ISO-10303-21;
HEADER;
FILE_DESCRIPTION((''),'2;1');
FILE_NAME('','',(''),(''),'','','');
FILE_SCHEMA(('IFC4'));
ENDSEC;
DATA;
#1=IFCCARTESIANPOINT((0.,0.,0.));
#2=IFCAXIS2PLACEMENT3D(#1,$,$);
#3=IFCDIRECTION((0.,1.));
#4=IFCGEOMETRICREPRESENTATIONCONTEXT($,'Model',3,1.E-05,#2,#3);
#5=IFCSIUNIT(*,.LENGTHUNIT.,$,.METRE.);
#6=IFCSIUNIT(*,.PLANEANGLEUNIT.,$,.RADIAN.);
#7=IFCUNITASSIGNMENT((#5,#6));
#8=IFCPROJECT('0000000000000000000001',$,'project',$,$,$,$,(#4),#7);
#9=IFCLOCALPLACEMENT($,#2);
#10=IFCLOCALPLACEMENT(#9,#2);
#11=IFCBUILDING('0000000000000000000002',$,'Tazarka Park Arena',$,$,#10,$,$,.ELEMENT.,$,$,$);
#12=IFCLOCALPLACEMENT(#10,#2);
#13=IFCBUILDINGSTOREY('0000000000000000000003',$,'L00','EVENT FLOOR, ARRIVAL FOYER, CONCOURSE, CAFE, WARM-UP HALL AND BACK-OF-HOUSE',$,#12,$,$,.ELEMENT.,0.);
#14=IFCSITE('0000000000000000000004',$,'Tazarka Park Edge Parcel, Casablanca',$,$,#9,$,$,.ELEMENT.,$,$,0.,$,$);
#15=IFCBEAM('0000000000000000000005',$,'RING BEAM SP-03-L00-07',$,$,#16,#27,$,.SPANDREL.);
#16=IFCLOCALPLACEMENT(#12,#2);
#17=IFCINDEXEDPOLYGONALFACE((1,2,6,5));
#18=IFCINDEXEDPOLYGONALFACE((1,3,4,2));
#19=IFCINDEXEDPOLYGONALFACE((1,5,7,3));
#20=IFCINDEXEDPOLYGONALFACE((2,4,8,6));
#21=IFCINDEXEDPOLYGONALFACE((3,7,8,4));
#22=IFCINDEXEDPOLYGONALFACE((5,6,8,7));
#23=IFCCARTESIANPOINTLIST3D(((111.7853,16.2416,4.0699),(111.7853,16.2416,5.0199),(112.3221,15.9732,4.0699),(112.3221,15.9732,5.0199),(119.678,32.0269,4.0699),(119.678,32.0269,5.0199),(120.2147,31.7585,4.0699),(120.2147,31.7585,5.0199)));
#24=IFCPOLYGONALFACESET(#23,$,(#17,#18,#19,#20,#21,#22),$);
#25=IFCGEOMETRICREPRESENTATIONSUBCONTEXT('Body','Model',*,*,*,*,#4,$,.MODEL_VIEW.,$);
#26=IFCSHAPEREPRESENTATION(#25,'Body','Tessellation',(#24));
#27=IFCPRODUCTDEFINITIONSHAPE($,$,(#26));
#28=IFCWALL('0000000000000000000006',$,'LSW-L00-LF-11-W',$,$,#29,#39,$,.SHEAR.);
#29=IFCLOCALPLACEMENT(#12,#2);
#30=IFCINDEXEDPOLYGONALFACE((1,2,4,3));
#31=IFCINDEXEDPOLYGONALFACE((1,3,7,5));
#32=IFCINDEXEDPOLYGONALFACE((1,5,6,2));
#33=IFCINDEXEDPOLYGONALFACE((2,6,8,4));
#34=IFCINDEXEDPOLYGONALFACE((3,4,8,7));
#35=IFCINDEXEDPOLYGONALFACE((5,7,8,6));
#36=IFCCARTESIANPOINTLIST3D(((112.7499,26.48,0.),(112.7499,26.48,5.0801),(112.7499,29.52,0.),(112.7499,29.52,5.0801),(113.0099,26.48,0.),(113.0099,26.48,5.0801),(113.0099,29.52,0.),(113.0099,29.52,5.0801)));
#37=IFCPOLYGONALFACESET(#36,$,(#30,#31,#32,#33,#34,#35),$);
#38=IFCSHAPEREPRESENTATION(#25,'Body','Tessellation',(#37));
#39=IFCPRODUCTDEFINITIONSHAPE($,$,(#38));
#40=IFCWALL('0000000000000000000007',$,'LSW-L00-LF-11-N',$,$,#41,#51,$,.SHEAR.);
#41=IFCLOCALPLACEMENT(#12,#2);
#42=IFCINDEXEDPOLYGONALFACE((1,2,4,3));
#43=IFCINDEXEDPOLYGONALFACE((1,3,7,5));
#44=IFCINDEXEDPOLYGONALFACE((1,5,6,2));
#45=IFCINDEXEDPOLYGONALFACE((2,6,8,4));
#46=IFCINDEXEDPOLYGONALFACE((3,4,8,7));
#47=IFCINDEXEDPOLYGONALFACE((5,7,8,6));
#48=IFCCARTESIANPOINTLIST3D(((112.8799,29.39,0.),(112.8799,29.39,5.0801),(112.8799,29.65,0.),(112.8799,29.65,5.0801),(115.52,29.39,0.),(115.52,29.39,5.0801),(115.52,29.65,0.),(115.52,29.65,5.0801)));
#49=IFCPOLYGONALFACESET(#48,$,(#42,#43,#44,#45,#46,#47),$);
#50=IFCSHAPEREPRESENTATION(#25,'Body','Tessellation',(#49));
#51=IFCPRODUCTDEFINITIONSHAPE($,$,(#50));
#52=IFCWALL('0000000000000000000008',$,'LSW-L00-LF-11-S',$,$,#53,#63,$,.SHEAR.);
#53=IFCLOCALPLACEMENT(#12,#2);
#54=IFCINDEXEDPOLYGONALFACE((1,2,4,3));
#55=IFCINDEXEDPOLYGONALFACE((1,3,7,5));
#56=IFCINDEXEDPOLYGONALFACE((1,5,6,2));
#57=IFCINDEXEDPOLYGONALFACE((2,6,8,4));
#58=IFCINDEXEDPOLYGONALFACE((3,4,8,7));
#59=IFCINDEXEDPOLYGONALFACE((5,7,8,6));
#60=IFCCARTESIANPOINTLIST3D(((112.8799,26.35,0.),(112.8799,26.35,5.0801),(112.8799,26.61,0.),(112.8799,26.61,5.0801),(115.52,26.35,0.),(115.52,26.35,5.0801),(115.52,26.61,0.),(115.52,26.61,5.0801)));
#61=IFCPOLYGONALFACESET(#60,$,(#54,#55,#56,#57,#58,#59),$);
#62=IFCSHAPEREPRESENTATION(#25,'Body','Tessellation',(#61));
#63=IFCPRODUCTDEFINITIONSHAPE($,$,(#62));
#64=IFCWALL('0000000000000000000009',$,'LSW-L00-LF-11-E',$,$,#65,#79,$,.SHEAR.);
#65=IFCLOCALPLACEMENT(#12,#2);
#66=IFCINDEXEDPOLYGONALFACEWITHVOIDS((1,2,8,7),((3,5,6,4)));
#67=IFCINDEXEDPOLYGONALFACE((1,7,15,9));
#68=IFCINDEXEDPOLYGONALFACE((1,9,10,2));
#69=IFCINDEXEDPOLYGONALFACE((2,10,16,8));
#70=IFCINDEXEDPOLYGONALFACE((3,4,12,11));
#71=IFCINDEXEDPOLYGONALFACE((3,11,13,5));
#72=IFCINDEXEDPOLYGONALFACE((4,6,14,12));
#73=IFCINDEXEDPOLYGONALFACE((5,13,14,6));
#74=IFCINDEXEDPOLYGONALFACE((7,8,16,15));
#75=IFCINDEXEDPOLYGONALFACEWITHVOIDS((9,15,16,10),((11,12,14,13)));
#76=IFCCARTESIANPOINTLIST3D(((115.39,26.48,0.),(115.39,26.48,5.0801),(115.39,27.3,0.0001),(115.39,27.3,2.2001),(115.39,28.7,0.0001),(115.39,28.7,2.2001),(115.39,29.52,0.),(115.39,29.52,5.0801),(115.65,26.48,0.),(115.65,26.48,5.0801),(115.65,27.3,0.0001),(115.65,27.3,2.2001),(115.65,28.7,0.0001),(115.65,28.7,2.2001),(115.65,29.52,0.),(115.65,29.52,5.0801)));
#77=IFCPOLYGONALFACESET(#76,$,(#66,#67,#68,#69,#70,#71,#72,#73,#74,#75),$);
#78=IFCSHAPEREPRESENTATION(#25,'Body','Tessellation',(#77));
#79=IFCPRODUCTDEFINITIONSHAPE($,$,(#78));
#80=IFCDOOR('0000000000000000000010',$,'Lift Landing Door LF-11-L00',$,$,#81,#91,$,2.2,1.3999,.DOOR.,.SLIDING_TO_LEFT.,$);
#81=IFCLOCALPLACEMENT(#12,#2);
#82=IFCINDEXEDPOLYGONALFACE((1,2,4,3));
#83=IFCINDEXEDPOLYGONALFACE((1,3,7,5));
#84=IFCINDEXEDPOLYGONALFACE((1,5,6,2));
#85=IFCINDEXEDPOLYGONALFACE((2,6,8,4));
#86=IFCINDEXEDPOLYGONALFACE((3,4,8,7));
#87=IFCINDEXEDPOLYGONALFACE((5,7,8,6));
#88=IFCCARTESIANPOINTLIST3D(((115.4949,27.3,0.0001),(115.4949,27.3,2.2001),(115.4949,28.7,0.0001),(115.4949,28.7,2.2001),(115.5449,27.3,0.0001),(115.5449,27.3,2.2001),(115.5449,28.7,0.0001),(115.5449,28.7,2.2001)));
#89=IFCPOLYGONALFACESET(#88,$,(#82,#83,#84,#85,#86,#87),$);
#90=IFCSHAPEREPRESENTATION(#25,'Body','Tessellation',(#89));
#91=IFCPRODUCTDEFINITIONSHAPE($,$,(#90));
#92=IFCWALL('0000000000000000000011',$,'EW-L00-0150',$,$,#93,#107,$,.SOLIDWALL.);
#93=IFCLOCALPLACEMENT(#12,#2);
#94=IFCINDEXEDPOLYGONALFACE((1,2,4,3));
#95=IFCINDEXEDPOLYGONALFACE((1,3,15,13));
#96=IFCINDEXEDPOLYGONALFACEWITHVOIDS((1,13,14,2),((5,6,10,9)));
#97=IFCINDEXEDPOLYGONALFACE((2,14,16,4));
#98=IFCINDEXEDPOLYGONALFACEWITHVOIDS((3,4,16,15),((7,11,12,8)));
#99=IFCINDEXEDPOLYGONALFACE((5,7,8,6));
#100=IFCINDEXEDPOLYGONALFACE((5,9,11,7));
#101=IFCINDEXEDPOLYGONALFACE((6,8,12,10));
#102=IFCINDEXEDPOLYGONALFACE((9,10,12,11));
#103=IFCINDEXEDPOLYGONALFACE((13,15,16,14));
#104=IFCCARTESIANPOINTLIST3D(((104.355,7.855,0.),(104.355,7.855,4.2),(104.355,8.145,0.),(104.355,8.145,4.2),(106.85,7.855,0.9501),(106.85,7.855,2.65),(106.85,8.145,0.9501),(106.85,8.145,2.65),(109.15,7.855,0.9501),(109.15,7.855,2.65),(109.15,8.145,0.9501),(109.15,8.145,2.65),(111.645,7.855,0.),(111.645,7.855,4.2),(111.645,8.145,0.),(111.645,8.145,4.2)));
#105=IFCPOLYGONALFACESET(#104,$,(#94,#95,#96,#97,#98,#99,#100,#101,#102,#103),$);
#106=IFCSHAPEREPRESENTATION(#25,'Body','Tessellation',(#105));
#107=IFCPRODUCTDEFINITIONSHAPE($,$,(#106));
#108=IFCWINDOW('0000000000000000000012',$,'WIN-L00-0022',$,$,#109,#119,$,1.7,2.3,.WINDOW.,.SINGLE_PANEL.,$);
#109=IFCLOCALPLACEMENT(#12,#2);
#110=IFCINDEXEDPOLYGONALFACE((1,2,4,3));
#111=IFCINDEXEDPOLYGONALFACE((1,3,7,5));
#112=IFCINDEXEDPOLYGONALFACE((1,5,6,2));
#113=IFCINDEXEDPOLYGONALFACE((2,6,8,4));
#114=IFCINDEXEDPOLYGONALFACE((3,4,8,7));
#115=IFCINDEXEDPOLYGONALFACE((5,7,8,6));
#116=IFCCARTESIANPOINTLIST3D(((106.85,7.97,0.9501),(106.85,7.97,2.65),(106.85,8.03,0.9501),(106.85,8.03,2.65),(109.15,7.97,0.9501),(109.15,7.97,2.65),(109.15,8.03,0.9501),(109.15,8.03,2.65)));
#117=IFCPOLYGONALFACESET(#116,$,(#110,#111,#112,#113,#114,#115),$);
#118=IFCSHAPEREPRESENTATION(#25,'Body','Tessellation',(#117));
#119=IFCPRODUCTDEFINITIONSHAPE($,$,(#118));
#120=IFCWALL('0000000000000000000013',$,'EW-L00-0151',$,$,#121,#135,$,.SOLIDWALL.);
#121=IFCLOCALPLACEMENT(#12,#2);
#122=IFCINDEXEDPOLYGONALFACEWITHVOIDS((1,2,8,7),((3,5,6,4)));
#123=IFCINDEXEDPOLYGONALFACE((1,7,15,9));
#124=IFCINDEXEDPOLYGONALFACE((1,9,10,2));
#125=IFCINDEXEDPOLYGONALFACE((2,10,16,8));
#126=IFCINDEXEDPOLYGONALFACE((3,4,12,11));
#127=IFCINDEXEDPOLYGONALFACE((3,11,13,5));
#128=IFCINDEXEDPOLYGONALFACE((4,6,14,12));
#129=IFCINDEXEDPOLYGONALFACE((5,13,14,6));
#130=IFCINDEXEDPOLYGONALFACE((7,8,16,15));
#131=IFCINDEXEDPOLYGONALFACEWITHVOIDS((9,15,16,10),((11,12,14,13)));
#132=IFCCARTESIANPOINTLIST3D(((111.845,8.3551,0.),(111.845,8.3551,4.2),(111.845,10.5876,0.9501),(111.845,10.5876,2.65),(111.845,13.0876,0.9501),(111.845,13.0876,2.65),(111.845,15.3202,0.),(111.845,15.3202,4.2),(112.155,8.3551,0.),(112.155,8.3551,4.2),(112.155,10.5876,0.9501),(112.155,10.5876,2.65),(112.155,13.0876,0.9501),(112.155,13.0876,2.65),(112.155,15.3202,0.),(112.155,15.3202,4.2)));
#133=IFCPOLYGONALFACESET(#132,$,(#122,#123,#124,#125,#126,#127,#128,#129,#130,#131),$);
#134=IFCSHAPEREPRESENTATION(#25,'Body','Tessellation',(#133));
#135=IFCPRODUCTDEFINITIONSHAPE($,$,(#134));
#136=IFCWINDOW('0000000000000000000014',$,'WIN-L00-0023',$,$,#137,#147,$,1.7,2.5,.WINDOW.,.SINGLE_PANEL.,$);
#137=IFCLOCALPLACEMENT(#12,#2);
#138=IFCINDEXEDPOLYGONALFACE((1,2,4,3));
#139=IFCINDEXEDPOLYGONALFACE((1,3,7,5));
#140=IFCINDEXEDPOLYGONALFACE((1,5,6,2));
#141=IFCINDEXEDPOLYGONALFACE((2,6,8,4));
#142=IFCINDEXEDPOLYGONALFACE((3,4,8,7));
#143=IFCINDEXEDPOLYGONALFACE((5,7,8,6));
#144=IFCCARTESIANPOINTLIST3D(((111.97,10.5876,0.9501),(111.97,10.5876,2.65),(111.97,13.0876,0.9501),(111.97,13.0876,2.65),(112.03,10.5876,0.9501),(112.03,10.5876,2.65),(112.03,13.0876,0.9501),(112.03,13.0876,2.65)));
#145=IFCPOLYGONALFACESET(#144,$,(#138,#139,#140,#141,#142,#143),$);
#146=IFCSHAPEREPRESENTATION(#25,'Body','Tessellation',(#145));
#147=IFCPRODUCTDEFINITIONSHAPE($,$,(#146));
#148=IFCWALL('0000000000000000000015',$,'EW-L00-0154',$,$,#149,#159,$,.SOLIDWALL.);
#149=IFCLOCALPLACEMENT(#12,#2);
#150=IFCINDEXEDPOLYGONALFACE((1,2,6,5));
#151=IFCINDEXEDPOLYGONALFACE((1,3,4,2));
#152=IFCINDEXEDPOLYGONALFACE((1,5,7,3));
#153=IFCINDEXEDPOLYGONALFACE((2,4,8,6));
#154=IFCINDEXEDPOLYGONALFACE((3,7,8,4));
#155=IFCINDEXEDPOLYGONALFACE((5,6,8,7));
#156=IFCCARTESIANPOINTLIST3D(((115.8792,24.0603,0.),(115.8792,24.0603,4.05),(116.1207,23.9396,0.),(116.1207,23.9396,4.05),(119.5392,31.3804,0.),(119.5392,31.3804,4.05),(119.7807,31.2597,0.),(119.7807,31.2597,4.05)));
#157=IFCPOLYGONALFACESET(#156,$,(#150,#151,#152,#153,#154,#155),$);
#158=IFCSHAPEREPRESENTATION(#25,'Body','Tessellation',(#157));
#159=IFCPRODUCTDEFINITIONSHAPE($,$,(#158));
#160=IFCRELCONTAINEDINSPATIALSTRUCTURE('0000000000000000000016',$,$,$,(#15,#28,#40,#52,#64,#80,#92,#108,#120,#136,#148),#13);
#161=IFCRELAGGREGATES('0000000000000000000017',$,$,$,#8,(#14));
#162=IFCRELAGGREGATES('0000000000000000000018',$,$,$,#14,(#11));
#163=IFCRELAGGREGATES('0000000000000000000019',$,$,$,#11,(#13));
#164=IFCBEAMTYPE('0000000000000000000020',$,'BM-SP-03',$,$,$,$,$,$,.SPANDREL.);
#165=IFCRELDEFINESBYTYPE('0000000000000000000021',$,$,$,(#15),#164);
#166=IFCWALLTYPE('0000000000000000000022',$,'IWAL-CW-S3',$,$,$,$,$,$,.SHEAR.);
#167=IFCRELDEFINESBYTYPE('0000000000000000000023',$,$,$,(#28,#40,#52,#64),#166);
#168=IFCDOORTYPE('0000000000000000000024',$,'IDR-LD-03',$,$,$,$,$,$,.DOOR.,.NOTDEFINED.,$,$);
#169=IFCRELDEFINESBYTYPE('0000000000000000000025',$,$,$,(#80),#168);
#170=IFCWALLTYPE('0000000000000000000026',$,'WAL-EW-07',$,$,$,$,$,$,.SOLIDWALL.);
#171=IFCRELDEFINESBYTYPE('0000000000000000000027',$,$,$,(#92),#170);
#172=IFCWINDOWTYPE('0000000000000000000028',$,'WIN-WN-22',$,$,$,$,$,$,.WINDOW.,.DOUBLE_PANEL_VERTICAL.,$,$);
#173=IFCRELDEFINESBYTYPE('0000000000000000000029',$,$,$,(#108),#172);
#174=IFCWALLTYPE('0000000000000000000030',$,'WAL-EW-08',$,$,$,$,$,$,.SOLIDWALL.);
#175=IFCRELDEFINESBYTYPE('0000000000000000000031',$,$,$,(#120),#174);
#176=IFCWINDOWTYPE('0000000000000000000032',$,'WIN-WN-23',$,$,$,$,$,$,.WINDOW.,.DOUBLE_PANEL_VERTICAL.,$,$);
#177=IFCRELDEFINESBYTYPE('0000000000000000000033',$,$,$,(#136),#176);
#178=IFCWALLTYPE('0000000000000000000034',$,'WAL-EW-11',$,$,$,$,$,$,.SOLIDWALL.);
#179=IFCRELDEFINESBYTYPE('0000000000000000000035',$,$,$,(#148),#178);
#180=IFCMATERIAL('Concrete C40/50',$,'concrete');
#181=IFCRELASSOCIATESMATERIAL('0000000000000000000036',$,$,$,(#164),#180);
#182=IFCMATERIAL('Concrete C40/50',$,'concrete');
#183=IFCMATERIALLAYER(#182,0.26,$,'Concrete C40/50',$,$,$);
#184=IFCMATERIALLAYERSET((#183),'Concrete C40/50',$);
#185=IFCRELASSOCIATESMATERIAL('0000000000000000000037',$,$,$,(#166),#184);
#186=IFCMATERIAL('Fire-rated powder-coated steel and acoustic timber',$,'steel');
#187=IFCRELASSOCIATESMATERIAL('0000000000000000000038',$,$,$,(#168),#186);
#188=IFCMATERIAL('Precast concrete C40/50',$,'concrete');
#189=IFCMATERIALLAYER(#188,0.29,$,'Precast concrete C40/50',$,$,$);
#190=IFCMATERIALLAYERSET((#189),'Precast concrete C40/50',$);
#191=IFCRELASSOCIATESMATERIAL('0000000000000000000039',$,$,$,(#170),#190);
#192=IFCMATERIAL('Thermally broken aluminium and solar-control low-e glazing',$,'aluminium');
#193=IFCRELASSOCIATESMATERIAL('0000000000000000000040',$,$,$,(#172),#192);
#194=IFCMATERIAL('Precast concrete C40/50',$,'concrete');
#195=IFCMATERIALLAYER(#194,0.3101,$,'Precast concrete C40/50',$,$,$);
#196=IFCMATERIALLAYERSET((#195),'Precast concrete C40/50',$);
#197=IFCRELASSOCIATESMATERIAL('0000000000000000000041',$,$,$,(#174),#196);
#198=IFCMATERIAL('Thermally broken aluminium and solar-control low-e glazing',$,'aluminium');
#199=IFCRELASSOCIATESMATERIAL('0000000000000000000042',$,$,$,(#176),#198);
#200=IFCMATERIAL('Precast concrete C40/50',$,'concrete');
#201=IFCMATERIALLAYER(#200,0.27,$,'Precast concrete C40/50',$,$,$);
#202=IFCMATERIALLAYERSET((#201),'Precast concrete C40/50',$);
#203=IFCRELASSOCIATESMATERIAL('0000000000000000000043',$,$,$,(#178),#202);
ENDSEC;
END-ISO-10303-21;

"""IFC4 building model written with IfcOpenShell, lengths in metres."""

from ifc_helpers import new_model, si_unit, direction, frame, frame_2d, origin, origin_2d, place, context, subcontext, project, spatial, rectangle, extrude, material, layer, layer_set, material_profile, profile_set, type_object, element, fill, save


model = new_model("IFC4")

# Units and contexts
model_context = context("Model", 3, precision=1e-05, world=origin(), true_north=direction((0.0, 1.0)))
body_context = subcontext(model_context, "Body", "Model", "MODEL_VIEW")
ifc_project = project(units=[si_unit("LENGTHUNIT", "METRE"), si_unit("PLANEANGLEUNIT", "RADIAN")], contexts=[model_context])

# Site, building, storey
site_placement = place(None, origin())
site = spatial("IfcSite", under=ifc_project, at=site_placement, Name="Tazarka Park Edge Parcel, Casablanca", CompositionType="ELEMENT", RefElevation=0.0)
building_placement = place(site_placement, origin())
building = spatial("IfcBuilding", under=site, at=building_placement, Name="Tazarka Park Arena", CompositionType="ELEMENT")
storey_placement = place(building_placement, origin())
storey = spatial("IfcBuildingStorey", under=building, at=storey_placement, Name="L00", Description="EVENT FLOOR, ARRIVAL FOYER, CONCOURSE, CAFE, WARM-UP HALL AND BACK-OF-HOUSE", CompositionType="ELEMENT", Elevation=0.0)

# Beam
ifc_material_1 = material(Name="Concrete C40/50", Category="concrete")
ifc_material_profile_1 = material_profile(ifc_material_1, rectangle(XDim=0.6001, YDim=0.95, at=origin_2d()), Name="Concrete C40/50")
ifc_profile_set_1 = profile_set([ifc_material_profile_1], Name="Concrete C40/50")
beam_type_1 = type_object("IfcBeamType", Name="BM-SP-03", PredefinedType="SPANDREL", material=ifc_profile_set_1)
beam_1_placement = place(storey_placement, frame((112.0537, 16.1074, 4.5449), z_axis=(0.447214, 0.894427, 0.0), x_axis=(-0.894427, 0.447214, 0.0)))
element("IfcBeam", 1, at=beam_1_placement, inside=storey, type_object=beam_type_1, Name="RING BEAM SP-03-L00-07", PredefinedType="SPANDREL", context=body_context, shape_type="SweptSolid", body=[
    extrude(rectangle(XDim=0.6001, YDim=0.95, at=origin_2d()), origin(), (0.0, 0.0, 1.0), 17.6484),
])

# Walls
ifc_material_2 = material(Name="Concrete C40/50", Category="concrete")
ifc_layer_1 = layer(ifc_material_2, 0.26, Name="Concrete C40/50")
ifc_layer_set_1 = layer_set([ifc_layer_1], Name="Concrete C40/50")
wall_type_1 = type_object("IfcWallType", Name="IWAL-CW-S3", PredefinedType="SHEAR", material=ifc_layer_set_1)
wall_1_placement = place(storey_placement, frame((112.8799, 26.48, 0.0), z_axis=(0.0, 0.0, 1.0), x_axis=(0.0, 1.0, 0.0)))
element("IfcWall", 2, at=wall_1_placement, inside=storey, type_object=wall_type_1, Name="LSW-L00-LF-11-W", PredefinedType="SHEAR", context=body_context, shape_type="SweptSolid", body=[
    extrude(rectangle(XDim=3.04, YDim=0.26, at=frame_2d((1.52, 0.0))), origin(), (0.0, 0.0, 1.0), 5.0801),
])
for number, where, z_axis, x_axis, name in (
    (3, (112.8799, 29.52, 0.0), (0.0, 0.0, 1.0), (1.0, 0.0, 0.0), "LSW-L00-LF-11-N"),
    (4, (115.52, 26.48, 0.0), (0.0, 0.0, 1.0), (-1.0, 0.0, 0.0), "LSW-L00-LF-11-S"),
):
    element("IfcWall", number, at=place(storey_placement, frame(where, z_axis=z_axis, x_axis=x_axis)), inside=storey, type_object=wall_type_1, Name=name, PredefinedType="SHEAR", context=body_context, shape_type="SweptSolid", body=[
        extrude(rectangle(XDim=2.6401, YDim=0.26, at=frame_2d((1.3201, 0.0))), origin(), (0.0, 0.0, 1.0), 5.0801),
    ])

# Wall, opening, door
wall_2_placement = place(storey_placement, frame((115.52, 29.52, 0.0), z_axis=(0.0, 0.0, 1.0), x_axis=(0.0, -1.0, 0.0)))
wall_2 = element("IfcWall", 5, at=wall_2_placement, inside=storey, type_object=wall_type_1, Name="LSW-L00-LF-11-E", PredefinedType="SHEAR", context=body_context, shape_type="SweptSolid", body=[
    extrude(rectangle(XDim=3.04, YDim=0.26, at=frame_2d((1.52, 0.0))), origin(), (0.0, 0.0, 1.0), 5.0801),
])
opening_1_placement = place(wall_2_placement, frame((0.8201, 0.0, 0.0)))
opening_1 = element("IfcOpeningElement", 6, at=opening_1_placement, cuts=wall_2, PredefinedType="OPENING", context=body_context, shape_type="SweptSolid", body=[
    extrude(rectangle(XDim=1.3999, YDim=2.2, at=frame_2d((0.7, 1.1001))), frame((0.0, 0.1401, 0.0), z_axis=(0.0, -1.0, 0.0), x_axis=(1.0, 0.0, 0.0)), (0.0, 0.0, 1.0), 0.28),
])
ifc_material_3 = material(Name="Fire-rated powder-coated steel and acoustic timber", Category="steel")
door_type = type_object("IfcDoorType", Name="IDR-LD-03", OperationType="NOTDEFINED", PredefinedType="DOOR", material=ifc_material_3)
door_placement = place(opening_1_placement, origin())
door = element("IfcDoor", 7, at=door_placement, inside=storey, type_object=door_type, Name="Lift Landing Door LF-11-L00", OperationType="SLIDING_TO_LEFT", OverallHeight=2.2, OverallWidth=1.3999, PredefinedType="DOOR", context=body_context, shape_type="SweptSolid", body=[
    extrude(rectangle(XDim=1.3999, YDim=2.2, at=frame_2d((0.7, 1.1001))), frame((0.0, 0.0249, 0.0), z_axis=(0.0, -1.0, 0.0), x_axis=(1.0, 0.0, 0.0)), (0.0, 0.0, 1.0), 0.05),
])
fill(opening_1, door)

# Walls, openings, windows
ifc_material_4 = material(Name="Precast concrete C40/50", Category="concrete")
ifc_layer_2 = layer(ifc_material_4, 0.29, Name="Precast concrete C40/50")
ifc_layer_set_2 = layer_set([ifc_layer_2], Name="Precast concrete C40/50")
wall_type_2 = type_object("IfcWallType", Name="WAL-EW-07", PredefinedType="SOLIDWALL", material=ifc_layer_set_2)
wall_3_placement = place(storey_placement, frame((111.645, 8.0, 0.0), z_axis=(0.0, 0.0, 1.0), x_axis=(-1.0, 0.0, 0.0)))
wall_3 = element("IfcWall", 8, at=wall_3_placement, inside=storey, type_object=wall_type_2, Name="EW-L00-0150", PredefinedType="SOLIDWALL", context=body_context, shape_type="SweptSolid", body=[
    extrude(rectangle(XDim=7.29, YDim=0.29, at=frame_2d((3.645, 0.0))), origin(), (0.0, 0.0, 1.0), 4.2),
])
opening_2_placement = place(wall_3_placement, frame((2.4951, 0.0, 0.95)))
opening_2 = element("IfcOpeningElement", 9, at=opening_2_placement, cuts=wall_3, PredefinedType="OPENING", context=body_context, shape_type="SweptSolid", body=[
    extrude(rectangle(XDim=2.3, YDim=1.7, at=frame_2d((1.1499, 0.8501))), frame((0.0, 0.155, 0.0), z_axis=(0.0, -1.0, 0.0), x_axis=(1.0, 0.0, 0.0)), (0.0, 0.0, 1.0), 0.3101),
])
ifc_material_5 = material(Name="Thermally broken aluminium and solar-control low-e glazing", Category="aluminium")
window_type_1 = type_object("IfcWindowType", Name="WIN-WN-22", PartitioningType="DOUBLE_PANEL_VERTICAL", PredefinedType="WINDOW", material=ifc_material_5)
window_1_placement = place(opening_2_placement, origin())
window_1 = element("IfcWindow", 10, at=window_1_placement, inside=storey, type_object=window_type_1, Name="WIN-L00-0022", OverallHeight=1.7, OverallWidth=2.3, PartitioningType="SINGLE_PANEL", PredefinedType="WINDOW", context=body_context, shape_type="SweptSolid", body=[
    extrude(rectangle(XDim=2.3, YDim=1.7, at=frame_2d((1.1499, 0.8501))), frame((0.0, 0.03, 0.0), z_axis=(0.0, -1.0, 0.0), x_axis=(1.0, 0.0, 0.0)), (0.0, 0.0, 1.0), 0.0601),
])
fill(opening_2, window_1)
ifc_material_6 = material(Name="Precast concrete C40/50", Category="concrete")
ifc_layer_3 = layer(ifc_material_6, 0.3101, Name="Precast concrete C40/50")
ifc_layer_set_3 = layer_set([ifc_layer_3], Name="Precast concrete C40/50")
wall_type_3 = type_object("IfcWallType", Name="WAL-EW-08", PredefinedType="SOLIDWALL", material=ifc_layer_set_3)
wall_4_placement = place(storey_placement, frame((112.0, 15.3201, 0.0), z_axis=(0.0, 0.0, 1.0), x_axis=(0.0, -1.0, 0.0)))
wall_4 = element("IfcWall", 11, at=wall_4_placement, inside=storey, type_object=wall_type_3, Name="EW-L00-0151", PredefinedType="SOLIDWALL", context=body_context, shape_type="SweptSolid", body=[
    extrude(rectangle(XDim=6.9651, YDim=0.3101, at=frame_2d((3.4824, 0.0))), origin(), (0.0, 0.0, 1.0), 4.2),
])
opening_3_placement = place(wall_4_placement, frame((2.2324, 0.0, 0.95)))
opening_3 = element("IfcOpeningElement", 12, at=opening_3_placement, cuts=wall_4, PredefinedType="OPENING", context=body_context, shape_type="SweptSolid", body=[
    extrude(rectangle(XDim=2.5, YDim=1.7, at=frame_2d((1.25, 0.8501))), frame((0.0, 0.165, 0.0), z_axis=(0.0, -1.0, 0.0), x_axis=(1.0, 0.0, 0.0)), (0.0, 0.0, 1.0), 0.3301),
])
ifc_material_7 = material(Name="Thermally broken aluminium and solar-control low-e glazing", Category="aluminium")
window_type_2 = type_object("IfcWindowType", Name="WIN-WN-23", PartitioningType="DOUBLE_PANEL_VERTICAL", PredefinedType="WINDOW", material=ifc_material_7)
window_2_placement = place(opening_3_placement, origin())
window_2 = element("IfcWindow", 13, at=window_2_placement, inside=storey, type_object=window_type_2, Name="WIN-L00-0023", OverallHeight=1.7, OverallWidth=2.5, PartitioningType="SINGLE_PANEL", PredefinedType="WINDOW", context=body_context, shape_type="SweptSolid", body=[
    extrude(rectangle(XDim=2.5, YDim=1.7, at=frame_2d((1.25, 0.8501))), frame((0.0, 0.03, 0.0), z_axis=(0.0, -1.0, 0.0), x_axis=(1.0, 0.0, 0.0)), (0.0, 0.0, 1.0), 0.0601),
])
fill(opening_3, window_2)

# Wall
ifc_material_8 = material(Name="Precast concrete C40/50", Category="concrete")
ifc_layer_4 = layer(ifc_material_8, 0.27, Name="Precast concrete C40/50")
ifc_layer_set_4 = layer_set([ifc_layer_4], Name="Precast concrete C40/50")
wall_type_4 = type_object("IfcWallType", Name="WAL-EW-11", PredefinedType="SOLIDWALL", material=ifc_layer_set_4)
wall_5_placement = place(storey_placement, frame((119.6599, 31.3201, 0.0), z_axis=(0.0, 0.0, 1.0), x_axis=(-0.447202, -0.894433, 0.0)))
element("IfcWall", 14, at=wall_5_placement, inside=storey, type_object=wall_type_4, Name="EW-L00-0154", PredefinedType="SOLIDWALL", context=body_context, shape_type="SweptSolid", body=[
    extrude(rectangle(XDim=8.1841, YDim=0.27, at=frame_2d((4.092, 0.0))), origin(), (0.0, 0.0, 1.0), 4.05),
])

save(model, "model.ifc")
